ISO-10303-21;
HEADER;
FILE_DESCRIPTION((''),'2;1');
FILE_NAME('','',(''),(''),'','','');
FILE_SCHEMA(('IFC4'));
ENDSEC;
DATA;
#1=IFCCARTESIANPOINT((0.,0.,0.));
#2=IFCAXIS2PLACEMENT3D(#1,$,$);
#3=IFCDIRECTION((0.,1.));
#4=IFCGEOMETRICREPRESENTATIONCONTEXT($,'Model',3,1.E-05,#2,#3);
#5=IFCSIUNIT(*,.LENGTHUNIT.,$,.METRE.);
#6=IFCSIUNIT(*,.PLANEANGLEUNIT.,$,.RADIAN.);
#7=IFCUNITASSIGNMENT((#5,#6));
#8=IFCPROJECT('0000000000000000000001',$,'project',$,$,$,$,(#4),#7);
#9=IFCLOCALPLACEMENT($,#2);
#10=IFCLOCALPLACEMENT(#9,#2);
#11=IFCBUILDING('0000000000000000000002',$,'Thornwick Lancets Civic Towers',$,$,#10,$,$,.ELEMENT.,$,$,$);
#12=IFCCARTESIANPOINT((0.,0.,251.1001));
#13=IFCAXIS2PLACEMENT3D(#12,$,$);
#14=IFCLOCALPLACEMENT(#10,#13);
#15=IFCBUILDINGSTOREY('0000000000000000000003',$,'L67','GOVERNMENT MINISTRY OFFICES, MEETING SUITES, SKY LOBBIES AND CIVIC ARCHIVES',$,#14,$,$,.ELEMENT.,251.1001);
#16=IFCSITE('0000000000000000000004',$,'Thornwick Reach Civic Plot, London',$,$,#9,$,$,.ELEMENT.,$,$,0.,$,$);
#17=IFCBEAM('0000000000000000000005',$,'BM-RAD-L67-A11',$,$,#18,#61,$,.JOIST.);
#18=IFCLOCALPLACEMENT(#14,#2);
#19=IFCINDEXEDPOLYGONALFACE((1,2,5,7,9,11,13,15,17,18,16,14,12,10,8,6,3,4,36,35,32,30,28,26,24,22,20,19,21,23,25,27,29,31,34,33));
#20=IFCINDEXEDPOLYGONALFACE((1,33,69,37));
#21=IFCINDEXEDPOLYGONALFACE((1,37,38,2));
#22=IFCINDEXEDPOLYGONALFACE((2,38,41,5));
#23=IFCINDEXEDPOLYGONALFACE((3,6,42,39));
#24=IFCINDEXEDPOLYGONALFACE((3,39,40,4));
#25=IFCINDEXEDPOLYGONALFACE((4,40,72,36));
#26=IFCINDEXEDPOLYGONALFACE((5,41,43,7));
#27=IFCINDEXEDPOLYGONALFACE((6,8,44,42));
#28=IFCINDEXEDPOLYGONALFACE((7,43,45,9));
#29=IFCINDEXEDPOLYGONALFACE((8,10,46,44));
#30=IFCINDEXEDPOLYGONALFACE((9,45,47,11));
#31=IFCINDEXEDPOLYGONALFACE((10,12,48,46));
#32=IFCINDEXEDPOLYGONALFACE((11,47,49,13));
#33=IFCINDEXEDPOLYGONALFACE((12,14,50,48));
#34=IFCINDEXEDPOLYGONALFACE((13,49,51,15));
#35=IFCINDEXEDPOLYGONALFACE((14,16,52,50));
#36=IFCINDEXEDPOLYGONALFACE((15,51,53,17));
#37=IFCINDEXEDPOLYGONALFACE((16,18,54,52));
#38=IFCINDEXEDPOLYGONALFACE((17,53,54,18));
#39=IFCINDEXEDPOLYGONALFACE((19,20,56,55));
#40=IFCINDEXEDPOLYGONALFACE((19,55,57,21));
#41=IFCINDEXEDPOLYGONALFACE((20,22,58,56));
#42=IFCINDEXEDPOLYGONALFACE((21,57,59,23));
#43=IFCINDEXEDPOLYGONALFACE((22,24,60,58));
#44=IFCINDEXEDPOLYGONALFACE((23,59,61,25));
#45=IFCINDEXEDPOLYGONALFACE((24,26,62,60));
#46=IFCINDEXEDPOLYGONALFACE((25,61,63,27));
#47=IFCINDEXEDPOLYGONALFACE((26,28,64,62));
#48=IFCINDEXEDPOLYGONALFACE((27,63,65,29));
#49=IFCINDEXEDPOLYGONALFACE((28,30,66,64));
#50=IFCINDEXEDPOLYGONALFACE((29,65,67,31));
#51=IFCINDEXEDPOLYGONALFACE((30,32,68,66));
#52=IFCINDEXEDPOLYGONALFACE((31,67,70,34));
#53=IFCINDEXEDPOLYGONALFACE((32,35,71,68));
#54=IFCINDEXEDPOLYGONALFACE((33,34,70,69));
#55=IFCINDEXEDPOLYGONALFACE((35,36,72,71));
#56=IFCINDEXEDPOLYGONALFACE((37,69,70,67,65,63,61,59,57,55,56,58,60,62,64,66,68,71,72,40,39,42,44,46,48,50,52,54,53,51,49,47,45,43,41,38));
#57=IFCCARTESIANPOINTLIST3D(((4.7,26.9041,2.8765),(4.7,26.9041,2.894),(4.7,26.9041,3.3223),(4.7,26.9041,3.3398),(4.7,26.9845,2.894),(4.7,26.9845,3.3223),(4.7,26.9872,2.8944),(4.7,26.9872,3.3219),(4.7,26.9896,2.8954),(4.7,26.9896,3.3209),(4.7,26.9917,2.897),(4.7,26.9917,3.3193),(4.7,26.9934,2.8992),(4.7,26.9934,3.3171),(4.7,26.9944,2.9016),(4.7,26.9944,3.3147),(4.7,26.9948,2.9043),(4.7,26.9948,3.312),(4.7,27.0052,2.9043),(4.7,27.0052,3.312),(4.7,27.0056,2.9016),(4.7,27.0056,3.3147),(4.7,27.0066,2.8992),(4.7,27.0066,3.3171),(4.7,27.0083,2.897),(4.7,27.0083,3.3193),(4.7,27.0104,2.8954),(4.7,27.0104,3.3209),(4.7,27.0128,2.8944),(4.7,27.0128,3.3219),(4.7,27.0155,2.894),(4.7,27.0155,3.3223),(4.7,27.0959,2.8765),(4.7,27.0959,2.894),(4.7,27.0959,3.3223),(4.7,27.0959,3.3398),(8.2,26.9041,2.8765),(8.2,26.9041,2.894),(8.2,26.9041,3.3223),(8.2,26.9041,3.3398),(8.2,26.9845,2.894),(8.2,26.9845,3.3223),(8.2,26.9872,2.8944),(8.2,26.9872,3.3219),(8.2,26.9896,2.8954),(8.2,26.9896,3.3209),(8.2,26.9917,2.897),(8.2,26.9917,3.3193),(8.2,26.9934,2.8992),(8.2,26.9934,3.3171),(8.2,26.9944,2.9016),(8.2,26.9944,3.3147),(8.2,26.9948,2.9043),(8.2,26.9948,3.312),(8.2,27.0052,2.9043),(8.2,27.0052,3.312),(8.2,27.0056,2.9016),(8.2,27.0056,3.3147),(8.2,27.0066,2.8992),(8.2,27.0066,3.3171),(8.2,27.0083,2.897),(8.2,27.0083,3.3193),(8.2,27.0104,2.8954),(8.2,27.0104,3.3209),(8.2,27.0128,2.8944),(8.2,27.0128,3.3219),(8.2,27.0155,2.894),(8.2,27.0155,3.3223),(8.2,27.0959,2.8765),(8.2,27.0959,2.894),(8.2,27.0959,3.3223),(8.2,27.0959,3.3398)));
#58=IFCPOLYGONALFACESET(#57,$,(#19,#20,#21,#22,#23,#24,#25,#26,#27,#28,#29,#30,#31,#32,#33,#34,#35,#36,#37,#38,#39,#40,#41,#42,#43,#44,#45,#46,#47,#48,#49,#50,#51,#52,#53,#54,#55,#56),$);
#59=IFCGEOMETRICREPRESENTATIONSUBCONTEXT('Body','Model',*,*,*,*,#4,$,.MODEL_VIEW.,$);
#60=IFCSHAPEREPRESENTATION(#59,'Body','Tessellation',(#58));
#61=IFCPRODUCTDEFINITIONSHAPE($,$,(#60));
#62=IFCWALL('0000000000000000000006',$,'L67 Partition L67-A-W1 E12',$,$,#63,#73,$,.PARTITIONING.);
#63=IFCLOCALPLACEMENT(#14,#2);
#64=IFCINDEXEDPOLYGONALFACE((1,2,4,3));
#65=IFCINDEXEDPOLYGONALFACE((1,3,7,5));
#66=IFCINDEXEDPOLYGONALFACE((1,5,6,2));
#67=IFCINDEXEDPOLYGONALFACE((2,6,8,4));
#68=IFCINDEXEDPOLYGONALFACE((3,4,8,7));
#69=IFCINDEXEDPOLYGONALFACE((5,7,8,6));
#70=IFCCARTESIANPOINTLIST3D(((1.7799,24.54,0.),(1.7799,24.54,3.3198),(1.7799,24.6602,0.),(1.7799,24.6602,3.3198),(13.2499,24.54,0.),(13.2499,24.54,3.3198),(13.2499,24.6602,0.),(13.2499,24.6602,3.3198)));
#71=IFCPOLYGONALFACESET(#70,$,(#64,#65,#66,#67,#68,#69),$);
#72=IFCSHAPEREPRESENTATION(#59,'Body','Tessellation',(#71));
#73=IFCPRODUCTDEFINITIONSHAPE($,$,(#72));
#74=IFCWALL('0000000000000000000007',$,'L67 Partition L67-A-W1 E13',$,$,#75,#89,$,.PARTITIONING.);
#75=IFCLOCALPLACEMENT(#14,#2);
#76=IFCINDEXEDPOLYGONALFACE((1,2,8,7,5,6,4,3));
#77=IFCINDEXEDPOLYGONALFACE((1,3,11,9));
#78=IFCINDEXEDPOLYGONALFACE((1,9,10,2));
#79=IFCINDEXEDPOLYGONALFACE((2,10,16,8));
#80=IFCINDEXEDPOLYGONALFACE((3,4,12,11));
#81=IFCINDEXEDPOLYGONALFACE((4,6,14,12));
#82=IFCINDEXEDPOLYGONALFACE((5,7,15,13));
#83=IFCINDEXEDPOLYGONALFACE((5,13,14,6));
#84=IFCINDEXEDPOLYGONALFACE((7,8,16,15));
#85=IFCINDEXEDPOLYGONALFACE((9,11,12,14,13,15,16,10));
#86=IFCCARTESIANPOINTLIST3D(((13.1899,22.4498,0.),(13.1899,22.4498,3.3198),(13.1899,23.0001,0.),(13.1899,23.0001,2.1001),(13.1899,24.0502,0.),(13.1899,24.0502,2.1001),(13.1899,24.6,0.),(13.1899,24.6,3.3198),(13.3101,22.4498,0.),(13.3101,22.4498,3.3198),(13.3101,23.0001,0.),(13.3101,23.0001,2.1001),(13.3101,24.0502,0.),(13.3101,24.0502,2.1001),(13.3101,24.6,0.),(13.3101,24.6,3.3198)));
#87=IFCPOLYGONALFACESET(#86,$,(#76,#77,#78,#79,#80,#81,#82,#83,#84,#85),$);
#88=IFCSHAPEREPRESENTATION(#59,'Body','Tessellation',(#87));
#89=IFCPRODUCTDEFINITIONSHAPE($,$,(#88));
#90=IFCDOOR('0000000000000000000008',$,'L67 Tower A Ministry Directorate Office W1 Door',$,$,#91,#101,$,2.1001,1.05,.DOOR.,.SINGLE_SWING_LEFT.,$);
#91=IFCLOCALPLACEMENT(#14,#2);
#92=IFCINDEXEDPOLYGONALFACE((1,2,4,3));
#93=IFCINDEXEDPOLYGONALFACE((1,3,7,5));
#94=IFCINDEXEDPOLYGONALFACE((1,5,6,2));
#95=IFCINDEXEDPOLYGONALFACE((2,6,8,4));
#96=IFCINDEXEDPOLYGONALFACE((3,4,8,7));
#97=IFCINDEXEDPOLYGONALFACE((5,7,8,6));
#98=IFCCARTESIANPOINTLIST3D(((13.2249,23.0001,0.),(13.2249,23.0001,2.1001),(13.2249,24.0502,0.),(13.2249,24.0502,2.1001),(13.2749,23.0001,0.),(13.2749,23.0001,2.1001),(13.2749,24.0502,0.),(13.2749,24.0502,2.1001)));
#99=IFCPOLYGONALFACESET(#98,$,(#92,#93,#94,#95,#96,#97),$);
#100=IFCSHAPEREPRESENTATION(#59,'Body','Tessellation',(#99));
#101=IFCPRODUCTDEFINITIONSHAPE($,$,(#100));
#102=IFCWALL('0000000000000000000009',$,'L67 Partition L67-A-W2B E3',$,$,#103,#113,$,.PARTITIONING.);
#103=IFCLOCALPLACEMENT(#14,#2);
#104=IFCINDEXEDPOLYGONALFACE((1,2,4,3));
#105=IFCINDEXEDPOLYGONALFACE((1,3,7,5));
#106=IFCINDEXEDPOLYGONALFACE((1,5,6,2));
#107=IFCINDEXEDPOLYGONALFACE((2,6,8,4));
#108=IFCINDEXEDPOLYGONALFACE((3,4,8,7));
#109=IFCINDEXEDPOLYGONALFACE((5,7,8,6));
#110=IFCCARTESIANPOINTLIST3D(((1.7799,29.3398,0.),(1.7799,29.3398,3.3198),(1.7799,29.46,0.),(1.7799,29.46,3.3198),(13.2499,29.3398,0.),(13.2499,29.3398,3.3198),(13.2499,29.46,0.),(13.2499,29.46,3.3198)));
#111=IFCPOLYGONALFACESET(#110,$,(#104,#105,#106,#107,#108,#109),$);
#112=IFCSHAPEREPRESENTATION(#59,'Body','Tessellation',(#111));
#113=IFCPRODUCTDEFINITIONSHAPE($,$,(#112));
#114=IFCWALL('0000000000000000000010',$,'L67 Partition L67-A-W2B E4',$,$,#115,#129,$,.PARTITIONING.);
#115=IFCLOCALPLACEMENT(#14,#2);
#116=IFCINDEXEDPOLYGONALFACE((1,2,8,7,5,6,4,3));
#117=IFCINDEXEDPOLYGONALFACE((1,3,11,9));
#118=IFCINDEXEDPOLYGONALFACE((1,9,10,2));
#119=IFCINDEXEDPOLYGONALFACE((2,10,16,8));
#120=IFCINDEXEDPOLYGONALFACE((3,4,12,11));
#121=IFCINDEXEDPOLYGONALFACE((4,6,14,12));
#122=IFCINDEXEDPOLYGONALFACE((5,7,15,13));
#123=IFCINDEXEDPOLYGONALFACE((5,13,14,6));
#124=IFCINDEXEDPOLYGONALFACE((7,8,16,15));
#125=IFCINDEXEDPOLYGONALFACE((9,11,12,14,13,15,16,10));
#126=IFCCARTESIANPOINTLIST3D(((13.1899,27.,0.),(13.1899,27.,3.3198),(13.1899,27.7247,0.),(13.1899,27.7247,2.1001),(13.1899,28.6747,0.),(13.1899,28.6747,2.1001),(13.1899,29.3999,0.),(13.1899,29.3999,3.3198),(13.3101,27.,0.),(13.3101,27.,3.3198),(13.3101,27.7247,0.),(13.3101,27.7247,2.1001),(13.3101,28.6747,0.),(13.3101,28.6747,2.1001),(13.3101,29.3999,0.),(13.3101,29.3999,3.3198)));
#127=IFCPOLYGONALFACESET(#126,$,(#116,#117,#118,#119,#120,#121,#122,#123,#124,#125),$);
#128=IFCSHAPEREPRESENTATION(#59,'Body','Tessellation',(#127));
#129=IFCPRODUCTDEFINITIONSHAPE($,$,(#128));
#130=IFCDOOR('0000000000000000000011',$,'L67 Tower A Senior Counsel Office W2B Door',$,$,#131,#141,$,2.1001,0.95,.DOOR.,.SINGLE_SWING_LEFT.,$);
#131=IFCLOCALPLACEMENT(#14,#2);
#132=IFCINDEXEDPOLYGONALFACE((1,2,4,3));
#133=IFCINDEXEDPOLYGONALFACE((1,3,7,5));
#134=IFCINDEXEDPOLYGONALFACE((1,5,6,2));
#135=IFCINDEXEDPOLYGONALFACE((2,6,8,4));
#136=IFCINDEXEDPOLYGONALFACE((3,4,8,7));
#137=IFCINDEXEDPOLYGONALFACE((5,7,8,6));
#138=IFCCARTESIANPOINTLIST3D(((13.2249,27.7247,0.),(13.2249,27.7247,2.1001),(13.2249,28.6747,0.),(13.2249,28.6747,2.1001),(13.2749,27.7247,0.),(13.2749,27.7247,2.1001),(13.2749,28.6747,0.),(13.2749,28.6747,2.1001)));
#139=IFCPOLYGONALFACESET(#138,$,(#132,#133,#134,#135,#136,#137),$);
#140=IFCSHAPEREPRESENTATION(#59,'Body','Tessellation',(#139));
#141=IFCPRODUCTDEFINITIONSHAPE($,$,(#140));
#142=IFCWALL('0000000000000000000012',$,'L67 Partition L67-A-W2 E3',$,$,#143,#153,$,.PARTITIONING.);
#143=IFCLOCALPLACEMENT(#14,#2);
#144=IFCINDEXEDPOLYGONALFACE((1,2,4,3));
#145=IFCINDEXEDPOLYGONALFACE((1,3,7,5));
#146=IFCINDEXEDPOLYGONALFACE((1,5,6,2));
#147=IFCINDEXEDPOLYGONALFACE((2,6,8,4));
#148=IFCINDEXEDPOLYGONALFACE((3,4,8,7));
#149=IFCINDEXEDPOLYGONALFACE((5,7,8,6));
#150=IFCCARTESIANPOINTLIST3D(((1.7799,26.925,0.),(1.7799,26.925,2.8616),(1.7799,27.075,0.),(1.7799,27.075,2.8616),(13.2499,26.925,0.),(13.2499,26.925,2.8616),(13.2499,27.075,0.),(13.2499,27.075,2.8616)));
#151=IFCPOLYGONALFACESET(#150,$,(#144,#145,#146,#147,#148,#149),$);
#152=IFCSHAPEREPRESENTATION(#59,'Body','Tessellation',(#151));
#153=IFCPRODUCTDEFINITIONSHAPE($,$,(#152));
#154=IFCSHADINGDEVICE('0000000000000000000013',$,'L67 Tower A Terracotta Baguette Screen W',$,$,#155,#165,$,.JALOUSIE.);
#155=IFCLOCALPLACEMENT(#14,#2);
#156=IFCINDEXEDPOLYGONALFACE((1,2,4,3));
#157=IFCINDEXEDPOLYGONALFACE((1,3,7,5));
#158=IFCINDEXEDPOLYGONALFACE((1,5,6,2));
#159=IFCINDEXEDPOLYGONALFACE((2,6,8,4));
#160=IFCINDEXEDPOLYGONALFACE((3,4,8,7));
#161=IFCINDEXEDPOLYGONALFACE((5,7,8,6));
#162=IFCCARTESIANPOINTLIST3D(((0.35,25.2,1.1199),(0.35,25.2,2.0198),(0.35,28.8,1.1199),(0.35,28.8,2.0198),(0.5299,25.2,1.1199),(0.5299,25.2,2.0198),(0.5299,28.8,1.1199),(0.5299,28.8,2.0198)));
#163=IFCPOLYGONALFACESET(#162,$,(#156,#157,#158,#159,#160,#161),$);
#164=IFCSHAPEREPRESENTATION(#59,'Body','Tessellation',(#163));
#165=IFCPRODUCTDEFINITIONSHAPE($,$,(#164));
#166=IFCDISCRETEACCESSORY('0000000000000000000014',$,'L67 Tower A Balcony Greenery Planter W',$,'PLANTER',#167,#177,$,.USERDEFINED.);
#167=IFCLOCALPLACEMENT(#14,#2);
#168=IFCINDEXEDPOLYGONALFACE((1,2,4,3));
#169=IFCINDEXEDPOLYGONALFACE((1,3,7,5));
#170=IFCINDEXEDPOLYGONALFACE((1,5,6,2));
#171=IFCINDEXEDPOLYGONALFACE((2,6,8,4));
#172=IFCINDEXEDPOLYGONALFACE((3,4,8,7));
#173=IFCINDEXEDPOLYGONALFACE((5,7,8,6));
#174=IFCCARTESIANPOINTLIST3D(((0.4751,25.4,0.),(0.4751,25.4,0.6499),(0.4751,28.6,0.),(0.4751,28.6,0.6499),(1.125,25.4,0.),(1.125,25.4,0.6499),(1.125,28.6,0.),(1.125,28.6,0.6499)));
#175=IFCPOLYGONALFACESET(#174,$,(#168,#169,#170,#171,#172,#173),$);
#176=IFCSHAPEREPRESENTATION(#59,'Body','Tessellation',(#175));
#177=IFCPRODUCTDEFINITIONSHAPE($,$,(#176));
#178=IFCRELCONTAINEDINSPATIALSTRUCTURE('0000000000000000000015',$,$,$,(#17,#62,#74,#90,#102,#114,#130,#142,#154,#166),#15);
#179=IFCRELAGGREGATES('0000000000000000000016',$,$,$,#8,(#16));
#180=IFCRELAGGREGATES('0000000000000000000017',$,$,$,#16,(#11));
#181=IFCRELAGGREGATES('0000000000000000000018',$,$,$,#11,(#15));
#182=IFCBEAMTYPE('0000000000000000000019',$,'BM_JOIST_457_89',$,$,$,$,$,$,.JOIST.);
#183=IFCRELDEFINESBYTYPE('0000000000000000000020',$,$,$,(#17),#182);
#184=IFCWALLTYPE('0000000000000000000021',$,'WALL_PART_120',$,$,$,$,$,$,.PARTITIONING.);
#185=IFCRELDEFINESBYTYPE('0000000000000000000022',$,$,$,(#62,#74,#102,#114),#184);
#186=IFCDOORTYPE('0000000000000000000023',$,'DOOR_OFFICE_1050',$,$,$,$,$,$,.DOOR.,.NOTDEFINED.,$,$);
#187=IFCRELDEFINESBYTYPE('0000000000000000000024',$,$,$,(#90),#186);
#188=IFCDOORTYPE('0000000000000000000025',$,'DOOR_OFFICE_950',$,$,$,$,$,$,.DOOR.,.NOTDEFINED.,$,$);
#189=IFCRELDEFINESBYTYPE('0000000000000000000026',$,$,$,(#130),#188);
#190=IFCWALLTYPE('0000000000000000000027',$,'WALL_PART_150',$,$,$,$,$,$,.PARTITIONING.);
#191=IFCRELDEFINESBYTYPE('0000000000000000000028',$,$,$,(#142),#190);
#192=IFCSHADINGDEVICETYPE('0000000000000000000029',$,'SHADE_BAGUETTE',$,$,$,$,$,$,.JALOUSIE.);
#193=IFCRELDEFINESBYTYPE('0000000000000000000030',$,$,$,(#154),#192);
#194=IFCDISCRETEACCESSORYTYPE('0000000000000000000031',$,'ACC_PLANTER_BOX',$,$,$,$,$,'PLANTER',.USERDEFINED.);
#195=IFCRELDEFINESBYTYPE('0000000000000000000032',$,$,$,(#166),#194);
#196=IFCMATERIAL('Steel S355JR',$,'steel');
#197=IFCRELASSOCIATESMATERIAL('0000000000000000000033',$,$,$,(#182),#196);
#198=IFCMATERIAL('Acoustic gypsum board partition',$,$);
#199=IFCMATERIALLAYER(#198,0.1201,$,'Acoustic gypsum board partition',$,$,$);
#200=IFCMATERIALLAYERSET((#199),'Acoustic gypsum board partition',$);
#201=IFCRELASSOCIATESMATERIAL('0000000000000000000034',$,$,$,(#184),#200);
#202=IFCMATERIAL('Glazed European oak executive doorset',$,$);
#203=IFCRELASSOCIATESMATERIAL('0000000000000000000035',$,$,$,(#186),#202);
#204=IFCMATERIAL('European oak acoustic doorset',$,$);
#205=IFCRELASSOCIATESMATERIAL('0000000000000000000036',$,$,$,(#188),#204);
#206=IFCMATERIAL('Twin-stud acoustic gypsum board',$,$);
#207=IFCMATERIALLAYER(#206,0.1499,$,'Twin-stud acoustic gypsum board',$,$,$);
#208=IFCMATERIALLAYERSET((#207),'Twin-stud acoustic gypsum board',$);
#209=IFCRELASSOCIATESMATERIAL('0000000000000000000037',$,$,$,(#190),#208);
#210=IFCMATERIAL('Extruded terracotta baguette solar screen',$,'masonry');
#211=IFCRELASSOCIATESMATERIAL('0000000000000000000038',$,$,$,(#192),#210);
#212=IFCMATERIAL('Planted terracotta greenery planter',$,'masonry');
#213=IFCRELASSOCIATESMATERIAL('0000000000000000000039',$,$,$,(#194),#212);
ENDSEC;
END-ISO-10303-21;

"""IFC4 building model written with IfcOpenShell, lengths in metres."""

from ifc_helpers import new_model, si_unit, direction, frame, frame_2d, origin, origin_2d, place, context, subcontext, project, spatial, rectangle, i_section, extrude, material, layer, layer_set, material_profile, profile_set, type_object, element, fill, save


model = new_model("IFC4")

# Units and contexts
model_context = context("Model", 3, precision=1e-05, world=origin(), true_north=direction((0.0, 1.0)))
body_context = subcontext(model_context, "Body", "Model", "MODEL_VIEW")
ifc_project = project(units=[si_unit("LENGTHUNIT", "METRE"), si_unit("PLANEANGLEUNIT", "RADIAN")], contexts=[model_context])

# Site, building, storey
site_placement = place(None, origin())
site = spatial("IfcSite", under=ifc_project, at=site_placement, Name="Thornwick Reach Civic Plot, London", CompositionType="ELEMENT", RefElevation=0.0)
building_placement = place(site_placement, origin())
building = spatial("IfcBuilding", under=site, at=building_placement, Name="Thornwick Lancets Civic Towers", CompositionType="ELEMENT")
storey_placement = place(building_placement, frame((0.0, 0.0, 251.1001)))
storey = spatial("IfcBuildingStorey", under=building, at=storey_placement, Name="L67", Description="GOVERNMENT MINISTRY OFFICES, MEETING SUITES, SKY LOBBIES AND CIVIC ARCHIVES", CompositionType="ELEMENT", Elevation=251.1001)

# Shared definitions
ifc_material_1 = material(Name="Steel S355JR", Category="steel")

# Beam
ifc_material_profile_1 = material_profile(ifc_material_1, i_section(OverallWidth=0.1919, OverallDepth=0.4634, WebThickness=0.0105, FlangeThickness=0.0176, FilletRadius=0.0103, at=origin_2d()), Name="UKB 457x191x89")
ifc_profile_set_1 = profile_set([ifc_material_profile_1], Name="Steel S355JR")
beam_type_1 = type_object("IfcBeamType", Name="BM_JOIST_457_89", PredefinedType="JOIST", material=ifc_profile_set_1)
beam_1_placement = place(storey_placement, frame((8.2, 27.0, 3.1082), z_axis=(-1.0, 0.0, 0.0), x_axis=(0.0, -1.0, 0.0)))
element("IfcBeam", 1, at=beam_1_placement, inside=storey, type_object=beam_type_1, Name="BM-RAD-L67-A11", PredefinedType="JOIST", context=body_context, shape_type="SweptSolid", body=[
    extrude(i_section(OverallWidth=0.1919, OverallDepth=0.4634, WebThickness=0.0105, FlangeThickness=0.0176, FilletRadius=0.0103, at=origin_2d()), origin(), (0.0, 0.0, 1.0), 3.5),
])

# Wall
ifc_material_2 = material(Name="Acoustic gypsum board partition")
ifc_layer_1 = layer(ifc_material_2, 0.1201, Name="Acoustic gypsum board partition")
ifc_layer_set_1 = layer_set([ifc_layer_1], Name="Acoustic gypsum board partition")
wall_type_1 = type_object("IfcWallType", Name="WALL_PART_120", PredefinedType="PARTITIONING", material=ifc_layer_set_1)
wall_1_placement = place(storey_placement, frame((1.78, 24.6001, 0.0), z_axis=(0.0, 0.0, 1.0), x_axis=(1.0, 0.0, 0.0)))
element("IfcWall", 2, at=wall_1_placement, inside=storey, type_object=wall_type_1, Name="L67 Partition L67-A-W1 E12", PredefinedType="PARTITIONING", context=body_context, shape_type="SweptSolid", body=[
    extrude(rectangle(XDim=11.47, YDim=0.1201, at=frame_2d((5.7349, 0.0))), origin(), (0.0, 0.0, 1.0), 3.3198),
])

# Wall, opening, door
wall_2_placement = place(storey_placement, frame((13.25, 24.6001, 0.0), z_axis=(0.0, 0.0, 1.0), x_axis=(0.0, -1.0, 0.0)))
wall_2 = element("IfcWall", 3, at=wall_2_placement, inside=storey, type_object=wall_type_1, Name="L67 Partition L67-A-W1 E13", PredefinedType="PARTITIONING", context=body_context, shape_type="SweptSolid", body=[
    extrude(rectangle(XDim=2.1501, YDim=0.1201, at=frame_2d((1.0752, 0.0))), origin(), (0.0, 0.0, 1.0), 3.3198),
])
opening_1_placement = place(wall_2_placement, frame((0.55, 0.0, 0.0)))
opening_1 = element("IfcOpeningElement", 4, at=opening_1_placement, cuts=wall_2, PredefinedType="OPENING", context=body_context, shape_type="SweptSolid", body=[
    extrude(rectangle(XDim=1.05, YDim=2.1001, at=frame_2d((0.5249, 1.05))), frame((0.0, 0.0701, 0.0), z_axis=(0.0, -1.0, 0.0), x_axis=(1.0, 0.0, 0.0)), (0.0, 0.0, 1.0), 0.1401),
])
ifc_material_3 = material(Name="Glazed European oak executive doorset")
door_type_1 = type_object("IfcDoorType", Name="DOOR_OFFICE_1050", OperationType="NOTDEFINED", PredefinedType="DOOR", material=ifc_material_3)
door_1_placement = place(opening_1_placement, origin())
door_1 = element("IfcDoor", 5, at=door_1_placement, inside=storey, type_object=door_type_1, Name="L67 Tower A Ministry Directorate Office W1 Door", OperationType="SINGLE_SWING_LEFT", OverallHeight=2.1001, OverallWidth=1.05, PredefinedType="DOOR", context=body_context, shape_type="SweptSolid", body=[
    extrude(rectangle(XDim=1.05, YDim=2.1001, at=frame_2d((0.5249, 1.05))), frame((0.0, 0.0249, 0.0), z_axis=(0.0, -1.0, 0.0), x_axis=(1.0, 0.0, 0.0)), (0.0, 0.0, 1.0), 0.05),
])
fill(opening_1, door_1)

# Wall
wall_3_placement = place(storey_placement, frame((1.78, 29.3999, 0.0), z_axis=(0.0, 0.0, 1.0), x_axis=(1.0, 0.0, 0.0)))
element("IfcWall", 6, at=wall_3_placement, inside=storey, type_object=wall_type_1, Name="L67 Partition L67-A-W2B E3", PredefinedType="PARTITIONING", context=body_context, shape_type="SweptSolid", body=[
    extrude(rectangle(XDim=11.47, YDim=0.1201, at=frame_2d((5.7349, 0.0))), origin(), (0.0, 0.0, 1.0), 3.3198),
])

# Wall, opening, door
wall_4_placement = place(storey_placement, frame((13.25, 29.3999, 0.0), z_axis=(0.0, 0.0, 1.0), x_axis=(0.0, -1.0, 0.0)))
wall_4 = element("IfcWall", 7, at=wall_4_placement, inside=storey, type_object=wall_type_1, Name="L67 Partition L67-A-W2B E4", PredefinedType="PARTITIONING", context=body_context, shape_type="SweptSolid", body=[
    extrude(rectangle(XDim=2.3999, YDim=0.1201, at=frame_2d((1.2, 0.0))), origin(), (0.0, 0.0, 1.0), 3.3198),
])
opening_2_placement = place(wall_4_placement, frame((0.7251, 0.0, 0.0)))
opening_2 = element("IfcOpeningElement", 8, at=opening_2_placement, cuts=wall_4, PredefinedType="OPENING", context=body_context, shape_type="SweptSolid", body=[
    extrude(rectangle(XDim=0.95, YDim=2.1001, at=frame_2d((0.4751, 1.05))), frame((0.0, 0.0701, 0.0), z_axis=(0.0, -1.0, 0.0), x_axis=(1.0, 0.0, 0.0)), (0.0, 0.0, 1.0), 0.1401),
])
ifc_material_4 = material(Name="European oak acoustic doorset")
door_type_2 = type_object("IfcDoorType", Name="DOOR_OFFICE_950", OperationType="NOTDEFINED", PredefinedType="DOOR", material=ifc_material_4)
door_2_placement = place(opening_2_placement, origin())
door_2 = element("IfcDoor", 9, at=door_2_placement, inside=storey, type_object=door_type_2, Name="L67 Tower A Senior Counsel Office W2B Door", OperationType="SINGLE_SWING_LEFT", OverallHeight=2.1001, OverallWidth=0.95, PredefinedType="DOOR", context=body_context, shape_type="SweptSolid", body=[
    extrude(rectangle(XDim=0.95, YDim=2.1001, at=frame_2d((0.4751, 1.05))), frame((0.0, 0.0249, 0.0), z_axis=(0.0, -1.0, 0.0), x_axis=(1.0, 0.0, 0.0)), (0.0, 0.0, 1.0), 0.05),
])
fill(opening_2, door_2)

# Wall
ifc_material_5 = material(Name="Twin-stud acoustic gypsum board")
ifc_layer_2 = layer(ifc_material_5, 0.1499, Name="Twin-stud acoustic gypsum board")
ifc_layer_set_2 = layer_set([ifc_layer_2], Name="Twin-stud acoustic gypsum board")
wall_type_2 = type_object("IfcWallType", Name="WALL_PART_150", PredefinedType="PARTITIONING", material=ifc_layer_set_2)
wall_5_placement = place(storey_placement, frame((1.78, 27.0, 0.0), z_axis=(0.0, 0.0, 1.0), x_axis=(1.0, 0.0, 0.0)))
element("IfcWall", 10, at=wall_5_placement, inside=storey, type_object=wall_type_2, Name="L67 Partition L67-A-W2 E3", PredefinedType="PARTITIONING", context=body_context, shape_type="SweptSolid", body=[
    extrude(rectangle(XDim=11.47, YDim=0.1499, at=frame_2d((5.7349, 0.0))), origin(), (0.0, 0.0, 1.0), 2.8616),
])

# Shading device
ifc_material_6 = material(Name="Extruded terracotta baguette solar screen", Category="masonry")
shading_device_type = type_object("IfcShadingDeviceType", Name="SHADE_BAGUETTE", PredefinedType="JALOUSIE", material=ifc_material_6)
shading_device_placement = place(storey_placement, frame((0.4399, 27.0, 1.1199), z_axis=(0.0, 0.0, 1.0), x_axis=(0.0, 1.0, 0.0)))
element("IfcShadingDevice", 11, at=shading_device_placement, inside=storey, type_object=shading_device_type, Name="L67 Tower A Terracotta Baguette Screen W", PredefinedType="JALOUSIE", context=body_context, shape_type="SweptSolid", body=[
    extrude(rectangle(XDim=3.6001, YDim=0.1799, at=origin_2d()), origin(), (0.0, 0.0, 1.0), 0.8999),
])

# Discrete accessory
ifc_material_7 = material(Name="Planted terracotta greenery planter", Category="masonry")
discrete_accessory_type_1 = type_object("IfcDiscreteAccessoryType", Name="ACC_PLANTER_BOX", ElementType="PLANTER", PredefinedType="USERDEFINED", material=ifc_material_7)
discrete_accessory_1_placement = place(storey_placement, frame((0.8, 27.0, 0.0), z_axis=(0.0, 0.0, 1.0), x_axis=(1.0, 0.0, 0.0)))
element("IfcDiscreteAccessory", 12, at=discrete_accessory_1_placement, inside=storey, type_object=discrete_accessory_type_1, Name="L67 Tower A Balcony Greenery Planter W", ObjectType="PLANTER", PredefinedType="USERDEFINED", context=body_context, shape_type="SweptSolid", body=[
    extrude(rectangle(XDim=0.6499, YDim=3.2, at=origin_2d()), origin(), (0.0, 0.0, 1.0), 0.6499),
])

save(model, "model.ifc")
